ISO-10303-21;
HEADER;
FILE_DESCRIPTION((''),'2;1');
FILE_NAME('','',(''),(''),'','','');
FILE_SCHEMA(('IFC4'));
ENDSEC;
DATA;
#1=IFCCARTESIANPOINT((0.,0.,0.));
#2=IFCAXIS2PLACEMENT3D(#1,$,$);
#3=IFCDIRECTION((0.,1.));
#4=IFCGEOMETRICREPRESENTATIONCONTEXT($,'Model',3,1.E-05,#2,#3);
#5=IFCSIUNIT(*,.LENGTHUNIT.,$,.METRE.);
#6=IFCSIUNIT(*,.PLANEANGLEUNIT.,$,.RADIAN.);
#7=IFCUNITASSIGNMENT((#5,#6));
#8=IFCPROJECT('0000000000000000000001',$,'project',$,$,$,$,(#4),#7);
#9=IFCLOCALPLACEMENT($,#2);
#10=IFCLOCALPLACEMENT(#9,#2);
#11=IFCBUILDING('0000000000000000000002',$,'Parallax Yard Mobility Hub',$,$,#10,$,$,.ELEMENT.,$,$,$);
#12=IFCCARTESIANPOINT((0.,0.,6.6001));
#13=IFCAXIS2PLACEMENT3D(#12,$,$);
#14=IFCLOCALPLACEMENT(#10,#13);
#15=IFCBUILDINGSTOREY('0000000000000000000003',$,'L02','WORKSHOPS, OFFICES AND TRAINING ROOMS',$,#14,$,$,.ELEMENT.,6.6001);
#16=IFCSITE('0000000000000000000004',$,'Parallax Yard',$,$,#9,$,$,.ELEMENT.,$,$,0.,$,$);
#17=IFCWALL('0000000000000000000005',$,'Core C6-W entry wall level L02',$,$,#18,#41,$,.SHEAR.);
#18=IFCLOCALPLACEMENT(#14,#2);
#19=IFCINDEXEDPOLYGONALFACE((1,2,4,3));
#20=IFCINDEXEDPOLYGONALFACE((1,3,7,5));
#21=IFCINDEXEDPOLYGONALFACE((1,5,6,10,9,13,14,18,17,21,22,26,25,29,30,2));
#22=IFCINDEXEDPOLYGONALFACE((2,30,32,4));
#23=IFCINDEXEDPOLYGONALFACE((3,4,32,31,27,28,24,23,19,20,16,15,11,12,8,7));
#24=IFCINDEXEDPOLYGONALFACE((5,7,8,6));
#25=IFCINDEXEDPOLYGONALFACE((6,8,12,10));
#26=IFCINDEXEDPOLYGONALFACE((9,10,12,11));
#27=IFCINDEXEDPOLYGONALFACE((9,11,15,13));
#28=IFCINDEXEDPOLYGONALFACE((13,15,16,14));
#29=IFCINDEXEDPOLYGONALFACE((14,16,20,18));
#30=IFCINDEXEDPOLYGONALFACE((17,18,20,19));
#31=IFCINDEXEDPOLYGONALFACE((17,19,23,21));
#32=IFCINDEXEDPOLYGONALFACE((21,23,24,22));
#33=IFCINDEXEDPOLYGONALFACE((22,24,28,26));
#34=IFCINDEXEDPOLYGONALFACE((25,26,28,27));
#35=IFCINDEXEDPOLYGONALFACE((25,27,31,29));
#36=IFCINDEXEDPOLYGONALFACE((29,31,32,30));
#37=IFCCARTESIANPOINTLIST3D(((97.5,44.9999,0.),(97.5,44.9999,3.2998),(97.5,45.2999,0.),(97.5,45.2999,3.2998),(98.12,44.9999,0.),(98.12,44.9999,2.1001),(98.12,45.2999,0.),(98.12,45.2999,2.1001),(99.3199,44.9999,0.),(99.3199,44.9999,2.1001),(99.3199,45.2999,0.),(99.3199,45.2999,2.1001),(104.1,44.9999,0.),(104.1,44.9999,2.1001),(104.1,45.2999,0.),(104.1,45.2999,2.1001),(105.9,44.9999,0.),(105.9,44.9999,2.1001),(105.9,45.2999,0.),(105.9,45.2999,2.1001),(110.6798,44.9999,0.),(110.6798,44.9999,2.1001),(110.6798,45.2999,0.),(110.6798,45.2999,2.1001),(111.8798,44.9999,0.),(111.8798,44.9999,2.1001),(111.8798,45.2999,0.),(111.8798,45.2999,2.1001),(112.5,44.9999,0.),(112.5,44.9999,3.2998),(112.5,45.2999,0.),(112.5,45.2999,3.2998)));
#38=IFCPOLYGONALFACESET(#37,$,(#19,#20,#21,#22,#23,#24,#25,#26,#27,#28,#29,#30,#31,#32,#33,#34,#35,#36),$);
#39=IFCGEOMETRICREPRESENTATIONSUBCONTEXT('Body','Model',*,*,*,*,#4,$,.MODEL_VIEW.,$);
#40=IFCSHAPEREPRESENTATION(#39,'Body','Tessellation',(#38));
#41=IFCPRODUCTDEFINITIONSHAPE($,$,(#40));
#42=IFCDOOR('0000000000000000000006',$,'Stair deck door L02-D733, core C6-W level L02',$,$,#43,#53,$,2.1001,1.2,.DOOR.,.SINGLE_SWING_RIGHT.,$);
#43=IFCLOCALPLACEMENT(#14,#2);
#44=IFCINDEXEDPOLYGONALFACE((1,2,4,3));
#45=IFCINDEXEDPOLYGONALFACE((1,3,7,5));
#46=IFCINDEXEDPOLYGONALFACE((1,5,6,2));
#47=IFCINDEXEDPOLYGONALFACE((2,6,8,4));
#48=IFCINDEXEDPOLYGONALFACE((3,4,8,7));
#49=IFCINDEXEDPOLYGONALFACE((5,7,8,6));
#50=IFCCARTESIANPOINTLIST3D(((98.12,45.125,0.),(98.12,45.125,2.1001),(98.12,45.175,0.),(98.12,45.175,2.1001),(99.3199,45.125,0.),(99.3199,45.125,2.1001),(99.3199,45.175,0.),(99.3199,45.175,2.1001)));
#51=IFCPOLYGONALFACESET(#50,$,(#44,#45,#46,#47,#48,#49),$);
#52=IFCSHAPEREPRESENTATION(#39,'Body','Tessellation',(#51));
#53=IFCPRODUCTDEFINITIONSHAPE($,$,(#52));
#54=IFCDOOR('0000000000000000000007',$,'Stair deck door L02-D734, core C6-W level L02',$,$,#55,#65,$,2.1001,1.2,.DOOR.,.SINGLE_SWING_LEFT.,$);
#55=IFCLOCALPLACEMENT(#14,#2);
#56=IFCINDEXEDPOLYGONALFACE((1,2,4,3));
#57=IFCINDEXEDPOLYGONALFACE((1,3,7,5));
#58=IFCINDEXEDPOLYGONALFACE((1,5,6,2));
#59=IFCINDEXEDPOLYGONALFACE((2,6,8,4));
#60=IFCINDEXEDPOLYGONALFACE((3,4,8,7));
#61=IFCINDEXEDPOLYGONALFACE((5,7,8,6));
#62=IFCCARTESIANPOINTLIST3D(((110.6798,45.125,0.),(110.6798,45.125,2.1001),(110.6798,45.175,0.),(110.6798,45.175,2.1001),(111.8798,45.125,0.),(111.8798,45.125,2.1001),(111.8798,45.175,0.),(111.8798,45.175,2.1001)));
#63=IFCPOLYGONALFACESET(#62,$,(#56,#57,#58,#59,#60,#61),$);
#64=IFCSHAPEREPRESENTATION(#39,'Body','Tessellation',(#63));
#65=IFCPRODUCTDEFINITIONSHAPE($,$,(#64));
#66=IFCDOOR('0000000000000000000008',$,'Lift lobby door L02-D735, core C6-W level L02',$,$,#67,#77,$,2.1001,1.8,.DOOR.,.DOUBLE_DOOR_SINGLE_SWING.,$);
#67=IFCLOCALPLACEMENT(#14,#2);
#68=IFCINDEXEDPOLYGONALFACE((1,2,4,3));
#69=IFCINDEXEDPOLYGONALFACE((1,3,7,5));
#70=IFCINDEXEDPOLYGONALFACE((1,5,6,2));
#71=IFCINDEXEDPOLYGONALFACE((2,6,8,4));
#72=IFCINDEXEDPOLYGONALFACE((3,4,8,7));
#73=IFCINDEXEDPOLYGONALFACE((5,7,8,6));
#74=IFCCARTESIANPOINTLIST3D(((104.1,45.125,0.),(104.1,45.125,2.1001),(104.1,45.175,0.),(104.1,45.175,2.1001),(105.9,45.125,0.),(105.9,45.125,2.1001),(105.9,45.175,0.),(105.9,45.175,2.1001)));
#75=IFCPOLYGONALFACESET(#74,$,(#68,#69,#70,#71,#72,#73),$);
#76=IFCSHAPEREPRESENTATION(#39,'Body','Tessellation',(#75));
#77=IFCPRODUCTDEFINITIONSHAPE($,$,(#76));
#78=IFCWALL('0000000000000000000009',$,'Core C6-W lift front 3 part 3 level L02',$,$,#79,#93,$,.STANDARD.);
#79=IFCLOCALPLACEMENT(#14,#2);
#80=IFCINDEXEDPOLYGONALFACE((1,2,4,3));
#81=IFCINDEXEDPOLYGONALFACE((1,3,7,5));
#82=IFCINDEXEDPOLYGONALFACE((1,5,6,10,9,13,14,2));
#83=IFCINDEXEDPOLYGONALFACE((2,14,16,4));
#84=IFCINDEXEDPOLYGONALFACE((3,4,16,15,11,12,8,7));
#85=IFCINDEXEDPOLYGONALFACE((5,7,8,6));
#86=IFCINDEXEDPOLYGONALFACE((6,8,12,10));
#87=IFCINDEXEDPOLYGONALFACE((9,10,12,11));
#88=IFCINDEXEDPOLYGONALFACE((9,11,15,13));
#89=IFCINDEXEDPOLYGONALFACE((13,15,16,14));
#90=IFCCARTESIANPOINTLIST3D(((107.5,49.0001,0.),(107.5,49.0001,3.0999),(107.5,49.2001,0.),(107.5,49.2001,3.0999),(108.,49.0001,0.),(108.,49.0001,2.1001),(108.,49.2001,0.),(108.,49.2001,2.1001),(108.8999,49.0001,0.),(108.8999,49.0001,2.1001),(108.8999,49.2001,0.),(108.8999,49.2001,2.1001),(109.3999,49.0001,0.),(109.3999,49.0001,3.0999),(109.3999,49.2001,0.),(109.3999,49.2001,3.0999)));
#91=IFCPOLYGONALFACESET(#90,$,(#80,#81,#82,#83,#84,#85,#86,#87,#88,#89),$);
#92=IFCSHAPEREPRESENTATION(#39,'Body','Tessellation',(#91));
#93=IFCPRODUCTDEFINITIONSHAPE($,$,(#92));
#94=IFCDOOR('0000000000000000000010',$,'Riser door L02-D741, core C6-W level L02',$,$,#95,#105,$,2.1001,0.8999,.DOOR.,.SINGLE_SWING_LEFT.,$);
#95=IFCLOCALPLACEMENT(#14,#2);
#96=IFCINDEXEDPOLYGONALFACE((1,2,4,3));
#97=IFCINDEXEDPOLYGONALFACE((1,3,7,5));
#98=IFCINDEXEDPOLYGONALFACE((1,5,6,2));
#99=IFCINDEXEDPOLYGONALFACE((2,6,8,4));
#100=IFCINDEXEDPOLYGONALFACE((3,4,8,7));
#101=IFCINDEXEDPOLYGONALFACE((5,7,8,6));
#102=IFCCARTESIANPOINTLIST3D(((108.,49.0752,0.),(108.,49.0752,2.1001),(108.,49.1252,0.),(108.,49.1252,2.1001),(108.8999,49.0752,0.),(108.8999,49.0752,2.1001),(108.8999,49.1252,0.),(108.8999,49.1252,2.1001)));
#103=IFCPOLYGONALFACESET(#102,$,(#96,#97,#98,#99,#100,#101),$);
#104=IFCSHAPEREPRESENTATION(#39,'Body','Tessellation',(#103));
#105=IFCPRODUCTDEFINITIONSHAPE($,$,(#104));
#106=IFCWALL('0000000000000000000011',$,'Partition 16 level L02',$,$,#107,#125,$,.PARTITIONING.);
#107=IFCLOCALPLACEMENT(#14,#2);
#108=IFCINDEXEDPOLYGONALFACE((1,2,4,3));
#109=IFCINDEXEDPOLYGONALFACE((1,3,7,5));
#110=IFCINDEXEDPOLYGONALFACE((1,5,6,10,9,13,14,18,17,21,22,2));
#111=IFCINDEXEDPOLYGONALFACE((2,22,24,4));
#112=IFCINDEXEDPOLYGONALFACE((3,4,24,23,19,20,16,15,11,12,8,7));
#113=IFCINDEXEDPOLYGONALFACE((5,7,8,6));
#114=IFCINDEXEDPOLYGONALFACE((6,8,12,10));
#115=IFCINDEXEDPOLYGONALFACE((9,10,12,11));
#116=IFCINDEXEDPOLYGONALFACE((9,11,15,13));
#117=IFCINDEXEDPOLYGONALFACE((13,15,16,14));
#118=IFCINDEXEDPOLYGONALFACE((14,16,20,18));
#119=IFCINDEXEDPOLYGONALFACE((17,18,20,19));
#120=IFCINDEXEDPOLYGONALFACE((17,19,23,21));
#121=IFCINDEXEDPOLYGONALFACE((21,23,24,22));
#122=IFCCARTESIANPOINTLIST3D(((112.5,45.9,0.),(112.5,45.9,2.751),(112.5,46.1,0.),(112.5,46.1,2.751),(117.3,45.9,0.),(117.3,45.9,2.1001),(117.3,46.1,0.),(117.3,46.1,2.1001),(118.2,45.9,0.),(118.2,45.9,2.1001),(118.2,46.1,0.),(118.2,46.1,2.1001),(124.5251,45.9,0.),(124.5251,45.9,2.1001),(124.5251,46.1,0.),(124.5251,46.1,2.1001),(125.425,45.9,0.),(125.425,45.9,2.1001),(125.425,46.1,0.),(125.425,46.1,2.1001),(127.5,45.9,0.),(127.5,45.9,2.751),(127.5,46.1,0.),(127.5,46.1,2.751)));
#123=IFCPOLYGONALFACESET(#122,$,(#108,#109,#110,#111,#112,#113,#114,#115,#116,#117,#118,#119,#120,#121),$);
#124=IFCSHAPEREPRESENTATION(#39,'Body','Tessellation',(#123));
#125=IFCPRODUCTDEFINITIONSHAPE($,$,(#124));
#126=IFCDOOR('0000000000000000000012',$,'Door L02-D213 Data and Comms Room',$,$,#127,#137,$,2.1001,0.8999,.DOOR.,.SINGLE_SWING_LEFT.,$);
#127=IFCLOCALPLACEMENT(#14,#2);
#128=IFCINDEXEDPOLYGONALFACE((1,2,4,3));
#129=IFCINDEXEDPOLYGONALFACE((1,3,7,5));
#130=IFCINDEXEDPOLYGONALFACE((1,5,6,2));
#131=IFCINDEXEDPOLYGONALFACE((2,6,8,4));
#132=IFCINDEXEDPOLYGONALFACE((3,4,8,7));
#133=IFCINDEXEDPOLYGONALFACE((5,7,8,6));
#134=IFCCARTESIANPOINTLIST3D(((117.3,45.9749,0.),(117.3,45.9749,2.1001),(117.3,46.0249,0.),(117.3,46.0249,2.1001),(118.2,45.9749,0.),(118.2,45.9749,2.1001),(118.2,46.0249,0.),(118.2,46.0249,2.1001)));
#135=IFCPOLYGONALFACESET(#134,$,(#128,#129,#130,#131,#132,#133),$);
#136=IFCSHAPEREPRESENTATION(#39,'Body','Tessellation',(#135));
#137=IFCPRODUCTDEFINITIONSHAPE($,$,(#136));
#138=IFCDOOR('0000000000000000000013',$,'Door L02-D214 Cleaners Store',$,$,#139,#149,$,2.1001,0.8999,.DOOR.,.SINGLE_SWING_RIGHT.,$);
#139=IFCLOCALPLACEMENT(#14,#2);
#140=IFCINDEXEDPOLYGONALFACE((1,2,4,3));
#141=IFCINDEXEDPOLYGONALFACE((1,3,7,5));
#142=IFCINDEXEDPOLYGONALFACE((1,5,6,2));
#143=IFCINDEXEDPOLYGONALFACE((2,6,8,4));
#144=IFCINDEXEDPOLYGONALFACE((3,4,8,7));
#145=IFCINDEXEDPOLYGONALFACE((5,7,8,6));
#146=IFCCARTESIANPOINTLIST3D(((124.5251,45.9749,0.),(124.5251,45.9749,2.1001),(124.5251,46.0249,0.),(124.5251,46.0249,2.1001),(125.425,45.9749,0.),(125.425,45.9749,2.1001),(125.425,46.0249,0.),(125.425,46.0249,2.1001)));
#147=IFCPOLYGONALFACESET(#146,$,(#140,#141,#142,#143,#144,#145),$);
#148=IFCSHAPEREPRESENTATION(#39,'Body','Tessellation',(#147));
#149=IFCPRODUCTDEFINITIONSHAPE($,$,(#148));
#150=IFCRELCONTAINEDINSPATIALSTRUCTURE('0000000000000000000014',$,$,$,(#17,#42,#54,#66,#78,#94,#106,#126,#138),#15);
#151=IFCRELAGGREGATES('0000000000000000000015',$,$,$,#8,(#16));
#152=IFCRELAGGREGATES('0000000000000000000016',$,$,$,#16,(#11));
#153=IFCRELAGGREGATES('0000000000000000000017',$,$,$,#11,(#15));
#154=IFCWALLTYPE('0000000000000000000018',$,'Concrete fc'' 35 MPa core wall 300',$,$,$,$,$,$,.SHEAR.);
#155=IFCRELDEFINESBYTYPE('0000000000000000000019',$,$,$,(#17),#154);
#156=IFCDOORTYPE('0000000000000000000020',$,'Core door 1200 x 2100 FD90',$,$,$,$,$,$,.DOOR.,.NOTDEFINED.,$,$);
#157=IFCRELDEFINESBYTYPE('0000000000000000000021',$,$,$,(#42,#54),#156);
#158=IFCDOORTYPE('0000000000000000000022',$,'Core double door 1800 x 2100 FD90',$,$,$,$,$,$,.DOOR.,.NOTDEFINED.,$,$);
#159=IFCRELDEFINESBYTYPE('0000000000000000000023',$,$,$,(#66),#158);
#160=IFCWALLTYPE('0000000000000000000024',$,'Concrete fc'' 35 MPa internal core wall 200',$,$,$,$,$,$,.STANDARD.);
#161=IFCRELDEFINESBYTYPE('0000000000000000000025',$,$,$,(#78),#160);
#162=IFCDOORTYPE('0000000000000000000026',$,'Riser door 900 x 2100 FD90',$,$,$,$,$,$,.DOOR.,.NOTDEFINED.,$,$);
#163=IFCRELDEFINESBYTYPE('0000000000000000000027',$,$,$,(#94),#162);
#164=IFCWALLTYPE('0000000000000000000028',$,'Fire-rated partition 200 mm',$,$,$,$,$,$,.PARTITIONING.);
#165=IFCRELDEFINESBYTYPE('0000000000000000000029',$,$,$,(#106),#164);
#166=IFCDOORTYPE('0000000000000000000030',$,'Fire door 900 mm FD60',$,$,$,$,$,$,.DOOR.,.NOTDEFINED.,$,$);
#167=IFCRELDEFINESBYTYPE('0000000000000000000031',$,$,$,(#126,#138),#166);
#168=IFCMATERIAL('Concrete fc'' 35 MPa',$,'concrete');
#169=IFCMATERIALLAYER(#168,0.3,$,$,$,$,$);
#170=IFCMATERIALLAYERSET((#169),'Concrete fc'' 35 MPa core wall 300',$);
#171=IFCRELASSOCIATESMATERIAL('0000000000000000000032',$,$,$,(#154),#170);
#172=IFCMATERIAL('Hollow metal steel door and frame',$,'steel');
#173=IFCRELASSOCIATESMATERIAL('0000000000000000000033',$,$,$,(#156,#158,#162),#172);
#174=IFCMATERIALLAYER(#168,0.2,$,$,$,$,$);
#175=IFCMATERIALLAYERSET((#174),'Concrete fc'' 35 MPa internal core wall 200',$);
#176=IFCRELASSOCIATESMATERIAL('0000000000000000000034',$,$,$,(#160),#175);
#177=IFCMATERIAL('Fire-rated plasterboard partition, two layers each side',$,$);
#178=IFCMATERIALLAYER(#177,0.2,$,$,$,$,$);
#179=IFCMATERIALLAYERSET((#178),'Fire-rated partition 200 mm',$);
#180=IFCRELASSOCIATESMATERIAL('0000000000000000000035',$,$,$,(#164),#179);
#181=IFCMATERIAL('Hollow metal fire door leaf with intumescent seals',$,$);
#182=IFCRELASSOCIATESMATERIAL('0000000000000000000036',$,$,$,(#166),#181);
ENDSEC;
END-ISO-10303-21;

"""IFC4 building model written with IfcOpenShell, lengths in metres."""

from ifc_helpers import new_model, si_unit, direction, frame, frame_2d, origin, place, context, subcontext, project, spatial, rectangle, extrude, material, layer, layer_set, type_object, element, fill, save


model = new_model("IFC4")

# Units and contexts
model_context = context("Model", 3, precision=1e-05, world=origin(), true_north=direction((0.0, 1.0)))
body_context = subcontext(model_context, "Body", "Model", "MODEL_VIEW")
ifc_project = project(units=[si_unit("LENGTHUNIT", "METRE"), si_unit("PLANEANGLEUNIT", "RADIAN")], contexts=[model_context])

# Site, building, storey
site_placement = place(None, origin())
site = spatial("IfcSite", under=ifc_project, at=site_placement, Name="Parallax Yard", CompositionType="ELEMENT", RefElevation=0.0)
building_placement = place(site_placement, origin())
building = spatial("IfcBuilding", under=site, at=building_placement, Name="Parallax Yard Mobility Hub", CompositionType="ELEMENT")
storey_placement = place(building_placement, frame((0.0, 0.0, 6.6001)))
storey = spatial("IfcBuildingStorey", under=building, at=storey_placement, Name="L02", Description="WORKSHOPS, OFFICES AND TRAINING ROOMS", CompositionType="ELEMENT", Elevation=6.6001)

# Wall, openings, doors
ifc_material_1 = material(Name="Concrete fc' 35 MPa", Category="concrete")
ifc_layer_1 = layer(ifc_material_1, 0.3)
ifc_layer_set_1 = layer_set([ifc_layer_1], Name="Concrete fc' 35 MPa core wall 300")
wall_type_1 = type_object("IfcWallType", Name="Concrete fc' 35 MPa core wall 300", PredefinedType="SHEAR", material=ifc_layer_set_1)
wall_1_placement = place(storey_placement, frame((112.5, 45.1499, 0.0), z_axis=(0.0, 0.0, 1.0), x_axis=(-1.0, 0.0, 0.0)))
wall_1 = element("IfcWall", 1, at=wall_1_placement, inside=storey, type_object=wall_type_1, Name="Core C6-W entry wall level L02", PredefinedType="SHEAR", context=body_context, shape_type="SweptSolid", body=[
    extrude(rectangle(XDim=15.0, YDim=0.3, at=frame_2d((7.5, 0.0))), origin(), (0.0, 0.0, 1.0), 3.2998),
])
opening_1_placement = place(wall_1_placement, frame((13.1799, 0.0, 0.0)))
opening_1 = element("IfcOpeningElement", 2, at=opening_1_placement, cuts=wall_1, PredefinedType="OPENING", context=body_context, shape_type="SweptSolid", body=[
    extrude(rectangle(XDim=1.2, YDim=2.1001, at=frame_2d((0.6001, 1.05))), frame((0.0, 0.1602, 0.0), z_axis=(0.0, -1.0, 0.0), x_axis=(1.0, 0.0, 0.0)), (0.0, 0.0, 1.0), 0.3201),
])
opening_2_placement = place(wall_1_placement, frame((0.6201, 0.0, 0.0)))
opening_2 = element("IfcOpeningElement", 3, at=opening_2_placement, cuts=wall_1, PredefinedType="OPENING", context=body_context, shape_type="SweptSolid", body=[
    extrude(rectangle(XDim=1.2, YDim=2.1001, at=frame_2d((0.6001, 1.05))), frame((0.0, 0.1602, 0.0), z_axis=(0.0, -1.0, 0.0), x_axis=(1.0, 0.0, 0.0)), (0.0, 0.0, 1.0), 0.3201),
])
opening_3_placement = place(wall_1_placement, frame((6.6001, 0.0, 0.0)))
opening_3 = element("IfcOpeningElement", 4, at=opening_3_placement, cuts=wall_1, PredefinedType="OPENING", context=body_context, shape_type="SweptSolid", body=[
    extrude(rectangle(XDim=1.8, YDim=2.1001, at=frame_2d((0.8999, 1.05))), frame((0.0, 0.1602, 0.0), z_axis=(0.0, -1.0, 0.0), x_axis=(1.0, 0.0, 0.0)), (0.0, 0.0, 1.0), 0.3201),
])
ifc_material_2 = material(Name="Hollow metal steel door and frame", Category="steel")
door_type_1 = type_object("IfcDoorType", Name="Core door 1200 x 2100 FD90", OperationType="NOTDEFINED", PredefinedType="DOOR", material=ifc_material_2)
door_1_placement = place(opening_1_placement, origin())
door_1 = element("IfcDoor", 5, at=door_1_placement, inside=storey, type_object=door_type_1, Name="Stair deck door L02-D733, core C6-W level L02", OperationType="SINGLE_SWING_RIGHT", OverallHeight=2.1001, OverallWidth=1.2, PredefinedType="DOOR", context=body_context, shape_type="SweptSolid", body=[
    extrude(rectangle(XDim=1.2, YDim=2.1001, at=frame_2d((0.6001, 1.05))), frame((0.0, 0.0249, 0.0), z_axis=(0.0, -1.0, 0.0), x_axis=(1.0, 0.0, 0.0)), (0.0, 0.0, 1.0), 0.05),
])
fill(opening_1, door_1)
door_2_placement = place(opening_2_placement, origin())
door_2 = element("IfcDoor", 6, at=door_2_placement, inside=storey, type_object=door_type_1, Name="Stair deck door L02-D734, core C6-W level L02", OperationType="SINGLE_SWING_LEFT", OverallHeight=2.1001, OverallWidth=1.2, PredefinedType="DOOR", context=body_context, shape_type="SweptSolid", body=[
    extrude(rectangle(XDim=1.2, YDim=2.1001, at=frame_2d((0.6001, 1.05))), frame((0.0, 0.0249, 0.0), z_axis=(0.0, -1.0, 0.0), x_axis=(1.0, 0.0, 0.0)), (0.0, 0.0, 1.0), 0.05),
])
fill(opening_2, door_2)
door_type_2 = type_object("IfcDoorType", Name="Core double door 1800 x 2100 FD90", OperationType="NOTDEFINED", PredefinedType="DOOR", material=ifc_material_2)
door_3_placement = place(opening_3_placement, origin())
door_3 = element("IfcDoor", 7, at=door_3_placement, inside=storey, type_object=door_type_2, Name="Lift lobby door L02-D735, core C6-W level L02", OperationType="DOUBLE_DOOR_SINGLE_SWING", OverallHeight=2.1001, OverallWidth=1.8, PredefinedType="DOOR", context=body_context, shape_type="SweptSolid", body=[
    extrude(rectangle(XDim=1.8, YDim=2.1001, at=frame_2d((0.8999, 1.05))), frame((0.0, 0.0249, 0.0), z_axis=(0.0, -1.0, 0.0), x_axis=(1.0, 0.0, 0.0)), (0.0, 0.0, 1.0), 0.05),
])
fill(opening_3, door_3)

# Wall, opening, door
ifc_layer_2 = layer(ifc_material_1, 0.2)
ifc_layer_set_2 = layer_set([ifc_layer_2], Name="Concrete fc' 35 MPa internal core wall 200")
wall_type_2 = type_object("IfcWallType", Name="Concrete fc' 35 MPa internal core wall 200", PredefinedType="STANDARD", material=ifc_layer_set_2)
wall_2_placement = place(storey_placement, frame((109.3999, 49.1001, 0.0), z_axis=(0.0, 0.0, 1.0), x_axis=(-1.0, 0.0, 0.0)))
wall_2 = element("IfcWall", 8, at=wall_2_placement, inside=storey, type_object=wall_type_2, Name="Core C6-W lift front 3 part 3 level L02", PredefinedType="STANDARD", context=body_context, shape_type="SweptSolid", body=[
    extrude(rectangle(XDim=1.8999, YDim=0.2, at=frame_2d((0.95, 0.0))), origin(), (0.0, 0.0, 1.0), 3.0999),
])
opening_4_placement = place(wall_2_placement, frame((0.5, 0.0, 0.0)))
opening_4 = element("IfcOpeningElement", 9, at=opening_4_placement, cuts=wall_2, PredefinedType="OPENING", context=body_context, shape_type="SweptSolid", body=[
    extrude(rectangle(XDim=0.8999, YDim=2.1001, at=frame_2d((0.45, 1.05))), frame((0.0, 0.1099, 0.0), z_axis=(0.0, -1.0, 0.0), x_axis=(1.0, 0.0, 0.0)), (0.0, 0.0, 1.0), 0.22),
])
door_type_3 = type_object("IfcDoorType", Name="Riser door 900 x 2100 FD90", OperationType="NOTDEFINED", PredefinedType="DOOR", material=ifc_material_2)
door_4_placement = place(opening_4_placement, origin())
door_4 = element("IfcDoor", 10, at=door_4_placement, inside=storey, type_object=door_type_3, Name="Riser door L02-D741, core C6-W level L02", OperationType="SINGLE_SWING_LEFT", OverallHeight=2.1001, OverallWidth=0.8999, PredefinedType="DOOR", context=body_context, shape_type="SweptSolid", body=[
    extrude(rectangle(XDim=0.8999, YDim=2.1001, at=frame_2d((0.45, 1.05))), frame((0.0, 0.0249, 0.0), z_axis=(0.0, -1.0, 0.0), x_axis=(1.0, 0.0, 0.0)), (0.0, 0.0, 1.0), 0.05),
])
fill(opening_4, door_4)

# Wall, openings, doors
ifc_material_3 = material(Name="Fire-rated plasterboard partition, two layers each side")
ifc_layer_3 = layer(ifc_material_3, 0.2)
ifc_layer_set_3 = layer_set([ifc_layer_3], Name="Fire-rated partition 200 mm")
wall_type_3 = type_object("IfcWallType", Name="Fire-rated partition 200 mm", PredefinedType="PARTITIONING", material=ifc_layer_set_3)
wall_3_placement = place(storey_placement, frame((112.5, 46.0, 0.0), z_axis=(0.0, 0.0, 1.0), x_axis=(1.0, 0.0, 0.0)))
wall_3 = element("IfcWall", 11, at=wall_3_placement, inside=storey, type_object=wall_type_3, Name="Partition 16 level L02", PredefinedType="PARTITIONING", context=body_context, shape_type="SweptSolid", body=[
    extrude(rectangle(XDim=15.0, YDim=0.2, at=frame_2d((7.5, 0.0))), origin(), (0.0, 0.0, 1.0), 2.751),
])
opening_5_placement = place(wall_3_placement, frame((4.8, 0.0, 0.0)))
opening_5 = element("IfcOpeningElement", 12, at=opening_5_placement, cuts=wall_3, PredefinedType="OPENING", context=body_context, shape_type="SweptSolid", body=[
    extrude(rectangle(XDim=0.8999, YDim=2.1001, at=frame_2d((0.45, 1.05))), frame((0.0, 0.1099, 0.0), z_axis=(0.0, -1.0, 0.0), x_axis=(1.0, 0.0, 0.0)), (0.0, 0.0, 1.0), 0.22),
])
opening_6_placement = place(wall_3_placement, frame((12.0251, 0.0, 0.0)))
opening_6 = element("IfcOpeningElement", 13, at=opening_6_placement, cuts=wall_3, PredefinedType="OPENING", context=body_context, shape_type="SweptSolid", body=[
    extrude(rectangle(XDim=0.8999, YDim=2.1001, at=frame_2d((0.45, 1.05))), frame((0.0, 0.1099, 0.0), z_axis=(0.0, -1.0, 0.0), x_axis=(1.0, 0.0, 0.0)), (0.0, 0.0, 1.0), 0.22),
])
ifc_material_4 = material(Name="Hollow metal fire door leaf with intumescent seals")
door_type_4 = type_object("IfcDoorType", Name="Fire door 900 mm FD60", OperationType="NOTDEFINED", PredefinedType="DOOR", material=ifc_material_4)
door_5_placement = place(opening_5_placement, origin())
door_5 = element("IfcDoor", 14, at=door_5_placement, inside=storey, type_object=door_type_4, Name="Door L02-D213 Data and Comms Room", OperationType="SINGLE_SWING_LEFT", OverallHeight=2.1001, OverallWidth=0.8999, PredefinedType="DOOR", context=body_context, shape_type="SweptSolid", body=[
    extrude(rectangle(XDim=0.8999, YDim=2.1001, at=frame_2d((0.45, 1.05))), frame((0.0, 0.0249, 0.0), z_axis=(0.0, -1.0, 0.0), x_axis=(1.0, 0.0, 0.0)), (0.0, 0.0, 1.0), 0.05),
])
fill(opening_5, door_5)
door_6_placement = place(opening_6_placement, origin())
door_6 = element("IfcDoor", 15, at=door_6_placement, inside=storey, type_object=door_type_4, Name="Door L02-D214 Cleaners Store", OperationType="SINGLE_SWING_RIGHT", OverallHeight=2.1001, OverallWidth=0.8999, PredefinedType="DOOR", context=body_context, shape_type="SweptSolid", body=[
    extrude(rectangle(XDim=0.8999, YDim=2.1001, at=frame_2d((0.45, 1.05))), frame((0.0, 0.0249, 0.0), z_axis=(0.0, -1.0, 0.0), x_axis=(1.0, 0.0, 0.0)), (0.0, 0.0, 1.0), 0.05),
])
fill(opening_6, door_6)

save(model, "model.ifc")
